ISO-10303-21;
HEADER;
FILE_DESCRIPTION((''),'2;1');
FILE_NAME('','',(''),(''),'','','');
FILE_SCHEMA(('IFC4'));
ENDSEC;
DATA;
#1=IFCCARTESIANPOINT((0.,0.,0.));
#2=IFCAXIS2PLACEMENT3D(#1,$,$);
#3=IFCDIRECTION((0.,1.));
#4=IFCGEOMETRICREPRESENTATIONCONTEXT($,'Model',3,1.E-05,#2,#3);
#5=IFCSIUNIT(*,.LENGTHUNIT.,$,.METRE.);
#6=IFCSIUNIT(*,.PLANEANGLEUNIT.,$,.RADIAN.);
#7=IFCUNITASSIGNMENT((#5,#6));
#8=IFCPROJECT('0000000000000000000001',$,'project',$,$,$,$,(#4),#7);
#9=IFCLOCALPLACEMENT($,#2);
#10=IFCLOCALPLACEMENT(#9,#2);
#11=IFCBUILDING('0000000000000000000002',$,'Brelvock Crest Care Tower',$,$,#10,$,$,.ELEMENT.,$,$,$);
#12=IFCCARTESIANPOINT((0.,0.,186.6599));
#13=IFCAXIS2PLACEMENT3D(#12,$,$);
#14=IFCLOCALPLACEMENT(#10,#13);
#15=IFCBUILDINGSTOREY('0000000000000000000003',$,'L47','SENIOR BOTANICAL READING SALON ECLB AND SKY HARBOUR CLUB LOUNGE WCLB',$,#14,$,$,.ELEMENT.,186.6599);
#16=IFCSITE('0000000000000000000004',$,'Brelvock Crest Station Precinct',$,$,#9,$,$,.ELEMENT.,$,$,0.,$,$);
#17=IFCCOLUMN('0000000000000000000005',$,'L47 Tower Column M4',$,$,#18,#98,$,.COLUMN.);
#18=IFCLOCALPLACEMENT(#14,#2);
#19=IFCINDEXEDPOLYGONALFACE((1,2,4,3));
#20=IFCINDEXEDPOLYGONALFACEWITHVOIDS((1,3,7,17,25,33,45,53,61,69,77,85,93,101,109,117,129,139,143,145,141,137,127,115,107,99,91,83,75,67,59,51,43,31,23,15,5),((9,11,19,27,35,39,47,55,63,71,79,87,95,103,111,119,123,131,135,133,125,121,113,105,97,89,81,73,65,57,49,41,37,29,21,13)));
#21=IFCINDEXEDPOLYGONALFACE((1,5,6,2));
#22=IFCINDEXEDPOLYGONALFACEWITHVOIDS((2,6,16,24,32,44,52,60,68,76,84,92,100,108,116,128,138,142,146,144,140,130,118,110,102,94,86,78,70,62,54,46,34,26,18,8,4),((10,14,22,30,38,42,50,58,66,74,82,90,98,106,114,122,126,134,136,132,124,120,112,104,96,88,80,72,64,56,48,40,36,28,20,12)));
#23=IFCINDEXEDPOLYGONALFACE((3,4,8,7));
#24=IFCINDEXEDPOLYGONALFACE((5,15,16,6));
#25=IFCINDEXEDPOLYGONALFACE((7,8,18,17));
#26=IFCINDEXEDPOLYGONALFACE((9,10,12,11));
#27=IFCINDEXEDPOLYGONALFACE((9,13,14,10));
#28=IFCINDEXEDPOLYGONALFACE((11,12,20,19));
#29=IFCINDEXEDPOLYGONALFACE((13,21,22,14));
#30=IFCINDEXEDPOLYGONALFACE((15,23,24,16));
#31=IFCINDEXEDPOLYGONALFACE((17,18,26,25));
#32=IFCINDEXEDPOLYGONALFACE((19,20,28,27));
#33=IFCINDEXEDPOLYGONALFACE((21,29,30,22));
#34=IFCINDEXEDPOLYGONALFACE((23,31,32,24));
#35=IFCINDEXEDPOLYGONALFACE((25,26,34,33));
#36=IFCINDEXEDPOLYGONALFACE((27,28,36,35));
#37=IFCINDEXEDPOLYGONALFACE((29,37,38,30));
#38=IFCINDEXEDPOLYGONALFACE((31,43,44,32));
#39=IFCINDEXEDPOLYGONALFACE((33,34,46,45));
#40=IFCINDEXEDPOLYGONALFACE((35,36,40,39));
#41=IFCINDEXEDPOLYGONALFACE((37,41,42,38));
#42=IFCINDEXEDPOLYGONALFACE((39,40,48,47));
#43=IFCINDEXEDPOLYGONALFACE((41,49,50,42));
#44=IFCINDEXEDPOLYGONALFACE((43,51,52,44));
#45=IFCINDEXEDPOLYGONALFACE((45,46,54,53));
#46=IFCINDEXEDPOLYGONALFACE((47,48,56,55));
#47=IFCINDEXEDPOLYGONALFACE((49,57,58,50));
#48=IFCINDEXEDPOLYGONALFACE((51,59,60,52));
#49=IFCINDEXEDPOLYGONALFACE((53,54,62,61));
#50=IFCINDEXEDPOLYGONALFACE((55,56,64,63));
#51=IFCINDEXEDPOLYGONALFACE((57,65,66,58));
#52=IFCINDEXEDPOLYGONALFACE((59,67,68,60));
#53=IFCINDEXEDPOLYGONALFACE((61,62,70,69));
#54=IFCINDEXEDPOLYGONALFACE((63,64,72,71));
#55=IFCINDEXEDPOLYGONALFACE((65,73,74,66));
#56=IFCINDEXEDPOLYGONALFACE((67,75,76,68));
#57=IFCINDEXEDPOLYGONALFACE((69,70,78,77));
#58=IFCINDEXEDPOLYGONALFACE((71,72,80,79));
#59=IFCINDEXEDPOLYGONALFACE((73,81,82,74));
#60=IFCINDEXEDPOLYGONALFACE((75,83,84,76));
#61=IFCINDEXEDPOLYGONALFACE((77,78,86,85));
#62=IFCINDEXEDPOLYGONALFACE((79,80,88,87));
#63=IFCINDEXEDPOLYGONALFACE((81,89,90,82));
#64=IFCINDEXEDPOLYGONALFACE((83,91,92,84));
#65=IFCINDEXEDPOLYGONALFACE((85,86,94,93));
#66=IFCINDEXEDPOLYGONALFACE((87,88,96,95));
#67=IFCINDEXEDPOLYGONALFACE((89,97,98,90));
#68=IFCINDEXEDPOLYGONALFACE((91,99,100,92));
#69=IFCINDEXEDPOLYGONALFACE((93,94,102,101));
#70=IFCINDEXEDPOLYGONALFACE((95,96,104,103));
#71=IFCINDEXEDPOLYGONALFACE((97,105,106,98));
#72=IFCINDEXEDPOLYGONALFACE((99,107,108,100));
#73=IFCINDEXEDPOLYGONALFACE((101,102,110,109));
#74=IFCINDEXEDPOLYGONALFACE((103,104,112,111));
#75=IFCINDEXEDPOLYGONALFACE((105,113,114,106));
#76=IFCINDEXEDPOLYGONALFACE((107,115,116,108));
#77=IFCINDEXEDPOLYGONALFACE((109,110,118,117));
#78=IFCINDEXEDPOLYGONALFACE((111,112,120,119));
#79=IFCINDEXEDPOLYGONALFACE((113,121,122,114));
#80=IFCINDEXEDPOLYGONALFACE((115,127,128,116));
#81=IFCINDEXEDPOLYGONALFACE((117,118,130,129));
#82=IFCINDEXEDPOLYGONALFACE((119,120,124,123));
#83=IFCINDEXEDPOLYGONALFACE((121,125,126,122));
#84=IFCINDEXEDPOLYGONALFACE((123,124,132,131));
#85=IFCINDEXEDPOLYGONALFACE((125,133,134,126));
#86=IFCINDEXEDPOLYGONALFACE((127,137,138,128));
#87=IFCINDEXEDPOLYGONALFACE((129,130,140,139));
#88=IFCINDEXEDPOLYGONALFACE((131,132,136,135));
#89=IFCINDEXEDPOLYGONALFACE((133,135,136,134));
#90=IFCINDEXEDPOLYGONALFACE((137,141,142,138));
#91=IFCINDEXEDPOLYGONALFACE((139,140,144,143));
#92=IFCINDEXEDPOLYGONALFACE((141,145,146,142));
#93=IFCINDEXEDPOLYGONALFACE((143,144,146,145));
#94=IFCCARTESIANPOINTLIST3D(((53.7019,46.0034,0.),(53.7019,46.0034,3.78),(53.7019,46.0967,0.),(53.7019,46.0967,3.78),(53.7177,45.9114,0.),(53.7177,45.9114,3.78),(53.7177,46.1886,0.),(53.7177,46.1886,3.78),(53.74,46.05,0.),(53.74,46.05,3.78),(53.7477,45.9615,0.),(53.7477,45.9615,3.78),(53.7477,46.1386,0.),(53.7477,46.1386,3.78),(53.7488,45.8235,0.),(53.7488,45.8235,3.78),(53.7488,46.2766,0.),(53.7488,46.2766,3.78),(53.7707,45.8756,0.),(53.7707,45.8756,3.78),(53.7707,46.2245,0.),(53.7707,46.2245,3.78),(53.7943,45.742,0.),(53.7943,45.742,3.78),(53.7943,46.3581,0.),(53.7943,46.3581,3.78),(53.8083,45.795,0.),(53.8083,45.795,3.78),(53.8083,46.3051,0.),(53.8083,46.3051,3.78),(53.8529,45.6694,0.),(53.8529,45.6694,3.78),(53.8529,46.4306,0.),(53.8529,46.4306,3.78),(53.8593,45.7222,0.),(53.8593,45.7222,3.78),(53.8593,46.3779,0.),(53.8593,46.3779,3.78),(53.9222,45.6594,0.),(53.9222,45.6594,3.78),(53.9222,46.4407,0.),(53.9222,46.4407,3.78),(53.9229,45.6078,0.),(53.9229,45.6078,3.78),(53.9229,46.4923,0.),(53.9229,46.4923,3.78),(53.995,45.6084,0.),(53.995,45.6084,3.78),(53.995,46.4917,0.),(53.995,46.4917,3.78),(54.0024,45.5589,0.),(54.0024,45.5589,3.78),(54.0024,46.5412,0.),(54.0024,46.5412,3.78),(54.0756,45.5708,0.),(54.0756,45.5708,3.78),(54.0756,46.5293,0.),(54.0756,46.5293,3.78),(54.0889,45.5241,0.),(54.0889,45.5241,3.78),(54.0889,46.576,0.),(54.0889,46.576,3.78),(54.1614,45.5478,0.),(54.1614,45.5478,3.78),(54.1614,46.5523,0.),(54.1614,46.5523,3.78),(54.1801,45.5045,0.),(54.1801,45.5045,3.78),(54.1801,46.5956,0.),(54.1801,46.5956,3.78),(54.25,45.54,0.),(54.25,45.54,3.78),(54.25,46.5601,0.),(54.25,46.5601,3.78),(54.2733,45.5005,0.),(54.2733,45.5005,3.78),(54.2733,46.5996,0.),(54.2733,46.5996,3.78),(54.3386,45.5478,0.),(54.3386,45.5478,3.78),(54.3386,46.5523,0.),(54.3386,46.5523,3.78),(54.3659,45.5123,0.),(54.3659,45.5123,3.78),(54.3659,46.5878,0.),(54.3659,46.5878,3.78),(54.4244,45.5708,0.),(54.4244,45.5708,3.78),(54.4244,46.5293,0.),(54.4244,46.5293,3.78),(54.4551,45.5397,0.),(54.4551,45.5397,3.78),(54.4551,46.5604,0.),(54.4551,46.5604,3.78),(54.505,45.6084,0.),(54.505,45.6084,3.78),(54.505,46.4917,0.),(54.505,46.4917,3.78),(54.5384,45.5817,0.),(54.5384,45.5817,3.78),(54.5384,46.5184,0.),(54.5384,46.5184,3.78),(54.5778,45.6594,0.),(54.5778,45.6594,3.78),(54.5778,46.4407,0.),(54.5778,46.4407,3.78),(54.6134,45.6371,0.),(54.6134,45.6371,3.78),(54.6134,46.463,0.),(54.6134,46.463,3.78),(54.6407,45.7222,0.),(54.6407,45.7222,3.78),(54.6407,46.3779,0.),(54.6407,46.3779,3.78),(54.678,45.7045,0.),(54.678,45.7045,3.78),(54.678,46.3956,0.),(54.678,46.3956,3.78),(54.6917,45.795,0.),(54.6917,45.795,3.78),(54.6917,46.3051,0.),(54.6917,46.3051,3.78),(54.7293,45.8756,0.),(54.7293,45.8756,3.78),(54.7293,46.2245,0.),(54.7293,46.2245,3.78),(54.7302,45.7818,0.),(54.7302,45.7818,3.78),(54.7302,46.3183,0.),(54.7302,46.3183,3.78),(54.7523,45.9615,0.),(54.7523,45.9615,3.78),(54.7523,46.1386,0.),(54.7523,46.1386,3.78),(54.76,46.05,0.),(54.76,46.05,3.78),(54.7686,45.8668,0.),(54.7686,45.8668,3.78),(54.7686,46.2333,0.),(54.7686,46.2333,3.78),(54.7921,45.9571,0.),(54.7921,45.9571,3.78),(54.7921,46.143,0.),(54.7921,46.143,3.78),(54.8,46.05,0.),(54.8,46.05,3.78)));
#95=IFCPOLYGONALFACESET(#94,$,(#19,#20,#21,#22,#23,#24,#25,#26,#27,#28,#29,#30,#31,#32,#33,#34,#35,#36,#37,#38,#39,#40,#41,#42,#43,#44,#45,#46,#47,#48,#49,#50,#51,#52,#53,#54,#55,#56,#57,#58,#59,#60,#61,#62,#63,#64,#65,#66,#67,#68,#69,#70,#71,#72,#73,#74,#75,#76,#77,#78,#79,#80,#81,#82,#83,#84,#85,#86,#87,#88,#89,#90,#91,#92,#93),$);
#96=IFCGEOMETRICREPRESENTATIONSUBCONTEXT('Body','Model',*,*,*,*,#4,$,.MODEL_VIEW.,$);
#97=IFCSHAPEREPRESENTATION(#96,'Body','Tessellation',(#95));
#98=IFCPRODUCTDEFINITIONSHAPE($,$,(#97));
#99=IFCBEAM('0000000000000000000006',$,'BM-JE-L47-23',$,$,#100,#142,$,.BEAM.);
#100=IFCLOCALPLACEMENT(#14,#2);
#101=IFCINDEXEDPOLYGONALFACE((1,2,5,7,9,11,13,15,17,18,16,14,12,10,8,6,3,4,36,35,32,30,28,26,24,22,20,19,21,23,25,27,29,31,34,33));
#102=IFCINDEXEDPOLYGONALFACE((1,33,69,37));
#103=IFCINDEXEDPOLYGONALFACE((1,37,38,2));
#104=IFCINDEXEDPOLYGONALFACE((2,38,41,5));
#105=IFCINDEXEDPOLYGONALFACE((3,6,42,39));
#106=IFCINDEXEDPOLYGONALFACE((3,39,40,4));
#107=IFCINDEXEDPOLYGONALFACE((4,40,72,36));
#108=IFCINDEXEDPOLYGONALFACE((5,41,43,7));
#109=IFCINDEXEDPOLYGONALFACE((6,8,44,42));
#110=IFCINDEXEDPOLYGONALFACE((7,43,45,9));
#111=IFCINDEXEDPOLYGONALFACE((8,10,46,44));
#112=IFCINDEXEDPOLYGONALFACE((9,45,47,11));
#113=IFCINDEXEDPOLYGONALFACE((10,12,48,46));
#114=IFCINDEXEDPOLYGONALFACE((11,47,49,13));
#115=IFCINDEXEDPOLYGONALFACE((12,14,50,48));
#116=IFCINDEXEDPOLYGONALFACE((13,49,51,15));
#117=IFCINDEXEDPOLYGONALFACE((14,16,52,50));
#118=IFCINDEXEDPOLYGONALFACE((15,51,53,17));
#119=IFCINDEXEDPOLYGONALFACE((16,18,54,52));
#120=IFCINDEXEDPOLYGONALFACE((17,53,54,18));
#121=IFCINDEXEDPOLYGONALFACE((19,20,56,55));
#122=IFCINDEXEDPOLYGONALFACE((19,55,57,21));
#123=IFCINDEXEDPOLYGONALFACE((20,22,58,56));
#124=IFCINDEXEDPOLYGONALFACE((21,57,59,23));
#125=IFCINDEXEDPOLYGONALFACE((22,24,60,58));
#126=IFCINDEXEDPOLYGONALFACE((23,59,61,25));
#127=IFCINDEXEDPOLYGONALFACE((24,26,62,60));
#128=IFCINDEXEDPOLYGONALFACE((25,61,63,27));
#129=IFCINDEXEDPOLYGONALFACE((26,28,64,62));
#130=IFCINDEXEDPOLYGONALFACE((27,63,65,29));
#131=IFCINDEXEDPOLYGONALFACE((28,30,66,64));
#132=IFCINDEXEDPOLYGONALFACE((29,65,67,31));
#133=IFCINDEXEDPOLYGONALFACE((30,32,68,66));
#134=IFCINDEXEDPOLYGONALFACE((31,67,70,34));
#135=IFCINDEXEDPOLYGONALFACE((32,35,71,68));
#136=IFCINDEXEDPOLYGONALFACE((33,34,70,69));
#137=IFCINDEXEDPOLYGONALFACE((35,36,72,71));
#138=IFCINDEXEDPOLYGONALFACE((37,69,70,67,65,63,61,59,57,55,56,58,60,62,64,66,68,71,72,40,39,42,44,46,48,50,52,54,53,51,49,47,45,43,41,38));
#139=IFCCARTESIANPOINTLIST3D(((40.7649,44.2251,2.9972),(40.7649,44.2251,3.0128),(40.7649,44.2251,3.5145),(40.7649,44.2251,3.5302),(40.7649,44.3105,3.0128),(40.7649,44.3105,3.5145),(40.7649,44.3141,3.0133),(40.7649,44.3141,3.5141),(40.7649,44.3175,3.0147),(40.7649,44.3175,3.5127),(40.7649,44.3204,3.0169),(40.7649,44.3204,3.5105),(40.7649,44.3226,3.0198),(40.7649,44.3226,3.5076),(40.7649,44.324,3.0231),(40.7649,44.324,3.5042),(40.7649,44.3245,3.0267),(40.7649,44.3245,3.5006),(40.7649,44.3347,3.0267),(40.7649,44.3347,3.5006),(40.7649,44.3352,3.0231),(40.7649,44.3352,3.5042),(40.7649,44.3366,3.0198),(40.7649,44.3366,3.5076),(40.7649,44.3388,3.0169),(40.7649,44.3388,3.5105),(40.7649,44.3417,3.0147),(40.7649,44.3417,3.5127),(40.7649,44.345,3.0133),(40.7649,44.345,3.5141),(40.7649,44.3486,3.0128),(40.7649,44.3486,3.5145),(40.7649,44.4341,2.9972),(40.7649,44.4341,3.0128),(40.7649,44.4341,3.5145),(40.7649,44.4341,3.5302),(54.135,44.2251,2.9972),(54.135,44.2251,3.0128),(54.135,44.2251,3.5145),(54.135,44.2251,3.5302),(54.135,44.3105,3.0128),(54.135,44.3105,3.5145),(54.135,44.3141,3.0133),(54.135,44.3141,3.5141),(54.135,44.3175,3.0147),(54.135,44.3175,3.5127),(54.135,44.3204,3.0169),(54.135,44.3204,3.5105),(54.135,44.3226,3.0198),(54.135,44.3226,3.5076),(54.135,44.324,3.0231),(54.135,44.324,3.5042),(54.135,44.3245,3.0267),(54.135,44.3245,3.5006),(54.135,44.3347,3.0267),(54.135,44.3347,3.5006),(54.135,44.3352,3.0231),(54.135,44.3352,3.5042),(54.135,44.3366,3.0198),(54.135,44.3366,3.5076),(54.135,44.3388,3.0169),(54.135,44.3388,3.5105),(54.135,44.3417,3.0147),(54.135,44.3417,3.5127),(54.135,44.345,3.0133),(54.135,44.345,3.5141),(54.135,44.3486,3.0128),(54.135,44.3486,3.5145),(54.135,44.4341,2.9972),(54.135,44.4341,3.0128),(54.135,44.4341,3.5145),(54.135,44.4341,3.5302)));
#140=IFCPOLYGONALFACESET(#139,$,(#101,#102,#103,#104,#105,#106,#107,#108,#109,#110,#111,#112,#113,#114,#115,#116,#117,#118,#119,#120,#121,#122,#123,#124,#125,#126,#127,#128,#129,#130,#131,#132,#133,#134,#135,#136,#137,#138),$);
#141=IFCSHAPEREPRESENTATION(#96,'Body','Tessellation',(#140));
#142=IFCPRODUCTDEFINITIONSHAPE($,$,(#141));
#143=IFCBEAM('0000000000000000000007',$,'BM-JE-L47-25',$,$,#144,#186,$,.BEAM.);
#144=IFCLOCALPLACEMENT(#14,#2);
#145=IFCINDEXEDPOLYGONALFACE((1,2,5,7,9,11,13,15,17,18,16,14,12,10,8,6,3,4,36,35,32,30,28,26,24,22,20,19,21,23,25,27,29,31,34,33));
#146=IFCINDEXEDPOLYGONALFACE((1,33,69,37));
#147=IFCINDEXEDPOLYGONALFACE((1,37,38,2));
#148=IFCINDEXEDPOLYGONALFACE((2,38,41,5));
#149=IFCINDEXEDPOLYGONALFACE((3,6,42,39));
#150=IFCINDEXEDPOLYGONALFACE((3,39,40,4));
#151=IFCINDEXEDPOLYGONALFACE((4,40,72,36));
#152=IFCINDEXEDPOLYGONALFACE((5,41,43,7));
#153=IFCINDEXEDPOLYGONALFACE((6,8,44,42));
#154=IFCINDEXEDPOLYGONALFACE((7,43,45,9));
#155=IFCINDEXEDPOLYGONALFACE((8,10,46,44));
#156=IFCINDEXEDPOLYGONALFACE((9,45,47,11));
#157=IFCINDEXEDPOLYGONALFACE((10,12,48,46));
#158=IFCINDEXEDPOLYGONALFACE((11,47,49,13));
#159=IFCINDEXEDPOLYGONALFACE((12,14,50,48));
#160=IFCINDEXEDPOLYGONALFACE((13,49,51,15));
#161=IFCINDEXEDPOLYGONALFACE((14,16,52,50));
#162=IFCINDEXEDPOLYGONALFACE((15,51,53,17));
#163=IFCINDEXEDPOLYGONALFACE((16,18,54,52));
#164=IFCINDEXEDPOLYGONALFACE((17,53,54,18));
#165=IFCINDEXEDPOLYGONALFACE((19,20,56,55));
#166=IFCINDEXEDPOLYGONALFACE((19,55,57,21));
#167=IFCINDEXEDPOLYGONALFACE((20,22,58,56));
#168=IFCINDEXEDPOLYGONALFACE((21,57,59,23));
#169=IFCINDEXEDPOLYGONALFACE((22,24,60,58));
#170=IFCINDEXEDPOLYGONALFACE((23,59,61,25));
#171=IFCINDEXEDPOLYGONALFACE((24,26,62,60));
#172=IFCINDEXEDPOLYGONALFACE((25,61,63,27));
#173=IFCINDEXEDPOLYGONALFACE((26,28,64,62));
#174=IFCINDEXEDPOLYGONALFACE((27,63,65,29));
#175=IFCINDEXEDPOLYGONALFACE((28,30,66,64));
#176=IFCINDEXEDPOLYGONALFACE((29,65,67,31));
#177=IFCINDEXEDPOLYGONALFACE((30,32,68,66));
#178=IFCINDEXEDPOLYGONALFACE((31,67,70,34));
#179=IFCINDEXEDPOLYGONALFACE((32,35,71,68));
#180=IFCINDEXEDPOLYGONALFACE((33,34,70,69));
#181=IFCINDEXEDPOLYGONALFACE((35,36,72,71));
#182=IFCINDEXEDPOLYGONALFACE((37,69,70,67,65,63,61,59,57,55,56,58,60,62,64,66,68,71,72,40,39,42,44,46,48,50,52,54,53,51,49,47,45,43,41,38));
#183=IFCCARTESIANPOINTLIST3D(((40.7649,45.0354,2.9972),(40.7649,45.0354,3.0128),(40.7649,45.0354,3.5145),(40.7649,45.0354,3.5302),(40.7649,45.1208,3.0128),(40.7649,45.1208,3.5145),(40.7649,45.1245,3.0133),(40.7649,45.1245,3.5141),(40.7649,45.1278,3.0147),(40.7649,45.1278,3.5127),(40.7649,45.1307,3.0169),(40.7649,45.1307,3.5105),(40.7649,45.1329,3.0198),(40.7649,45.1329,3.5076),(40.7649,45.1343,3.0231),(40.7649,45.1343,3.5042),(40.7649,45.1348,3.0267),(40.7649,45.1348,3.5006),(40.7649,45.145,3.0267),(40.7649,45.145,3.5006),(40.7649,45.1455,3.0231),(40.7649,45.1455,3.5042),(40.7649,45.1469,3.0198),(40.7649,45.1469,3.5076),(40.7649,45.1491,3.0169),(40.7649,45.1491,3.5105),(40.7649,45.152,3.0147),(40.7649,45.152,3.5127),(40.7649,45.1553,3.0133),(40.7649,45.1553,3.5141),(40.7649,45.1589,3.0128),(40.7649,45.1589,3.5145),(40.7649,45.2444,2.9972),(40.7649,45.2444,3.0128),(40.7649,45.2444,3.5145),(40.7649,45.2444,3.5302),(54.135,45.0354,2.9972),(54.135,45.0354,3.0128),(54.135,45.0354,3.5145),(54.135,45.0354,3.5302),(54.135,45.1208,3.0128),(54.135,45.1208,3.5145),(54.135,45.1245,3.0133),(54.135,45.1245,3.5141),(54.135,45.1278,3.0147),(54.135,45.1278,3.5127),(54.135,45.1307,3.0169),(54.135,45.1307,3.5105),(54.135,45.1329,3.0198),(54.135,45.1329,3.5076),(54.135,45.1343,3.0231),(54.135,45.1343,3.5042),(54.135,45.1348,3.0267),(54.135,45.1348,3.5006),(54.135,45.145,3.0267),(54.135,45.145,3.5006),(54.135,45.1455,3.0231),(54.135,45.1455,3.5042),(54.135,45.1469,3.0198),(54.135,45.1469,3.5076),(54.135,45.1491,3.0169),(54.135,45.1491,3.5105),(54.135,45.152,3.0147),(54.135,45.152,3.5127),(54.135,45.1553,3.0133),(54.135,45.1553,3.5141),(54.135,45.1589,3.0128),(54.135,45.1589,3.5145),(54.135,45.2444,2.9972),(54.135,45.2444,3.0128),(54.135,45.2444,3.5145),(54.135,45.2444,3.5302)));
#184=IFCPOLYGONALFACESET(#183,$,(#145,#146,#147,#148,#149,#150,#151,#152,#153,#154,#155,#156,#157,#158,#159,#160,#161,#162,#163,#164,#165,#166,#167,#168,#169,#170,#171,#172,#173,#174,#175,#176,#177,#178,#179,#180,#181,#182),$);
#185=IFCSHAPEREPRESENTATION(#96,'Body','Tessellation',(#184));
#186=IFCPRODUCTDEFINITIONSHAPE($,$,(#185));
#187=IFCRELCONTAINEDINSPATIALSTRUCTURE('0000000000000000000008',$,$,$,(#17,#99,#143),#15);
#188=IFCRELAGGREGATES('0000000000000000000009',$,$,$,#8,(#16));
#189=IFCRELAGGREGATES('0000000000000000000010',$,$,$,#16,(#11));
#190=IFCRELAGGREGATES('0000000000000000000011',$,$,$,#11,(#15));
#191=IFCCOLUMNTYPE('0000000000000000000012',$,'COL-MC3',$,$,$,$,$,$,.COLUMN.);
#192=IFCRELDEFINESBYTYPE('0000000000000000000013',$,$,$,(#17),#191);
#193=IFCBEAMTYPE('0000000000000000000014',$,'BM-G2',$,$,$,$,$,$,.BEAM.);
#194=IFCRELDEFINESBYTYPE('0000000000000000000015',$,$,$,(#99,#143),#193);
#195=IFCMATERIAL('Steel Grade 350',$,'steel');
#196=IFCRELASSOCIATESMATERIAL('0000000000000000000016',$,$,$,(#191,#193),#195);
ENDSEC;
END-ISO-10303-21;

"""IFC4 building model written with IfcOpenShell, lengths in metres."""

from ifc_helpers import new_model, si_unit, direction, frame, origin, origin_2d, place, context, subcontext, project, spatial, hollow_circle, i_section, extrude, source, transform, mapped, material, material_profile, profile_set, type_object, element, save


model = new_model("IFC4")

# Units and contexts
model_context = context("Model", 3, precision=1e-05, world=origin(), true_north=direction((0.0, 1.0)))
body_context = subcontext(model_context, "Body", "Model", "MODEL_VIEW")
ifc_project = project(units=[si_unit("LENGTHUNIT", "METRE"), si_unit("PLANEANGLEUNIT", "RADIAN")], contexts=[model_context])

# Site, building, storey
site_placement = place(None, origin())
site = spatial("IfcSite", under=ifc_project, at=site_placement, Name="Brelvock Crest Station Precinct", CompositionType="ELEMENT", RefElevation=0.0)
building_placement = place(site_placement, origin())
building = spatial("IfcBuilding", under=site, at=building_placement, Name="Brelvock Crest Care Tower", CompositionType="ELEMENT")
storey_placement = place(building_placement, frame((0.0, 0.0, 186.6599)))
storey = spatial("IfcBuildingStorey", under=building, at=storey_placement, Name="L47", Description="SENIOR BOTANICAL READING SALON ECLB AND SKY HARBOUR CLUB LOUNGE WCLB", CompositionType="ELEMENT", Elevation=186.6599)

# Column
ifc_material_1 = material(Name="Steel Grade 350", Category="steel")
ifc_material_profile_1 = material_profile(ifc_material_1, hollow_circle(Radius=0.55, WallThickness=0.04, at=origin_2d()), Name="CFT1100x40")
ifc_profile_set_1 = profile_set([ifc_material_profile_1], Name="Steel Grade 350")
column_type = type_object("IfcColumnType", Name="COL-MC3", PredefinedType="COLUMN", material=ifc_profile_set_1)
shared_shape_1 = source(origin(), body_context, "Body", "SweptSolid", [
    extrude(hollow_circle(Radius=0.55, WallThickness=0.04, at=origin_2d()), origin(), (0.0, 0.0, 1.0), 3.78),
])
column_placement = place(storey_placement, frame((54.25, 46.05, 0.0), z_axis=(0.0, 0.0, 1.0), x_axis=(1.0, 0.0, 0.0)))
element("IfcColumn", 1, at=column_placement, inside=storey, type_object=column_type, Name="L47 Tower Column M4", PredefinedType="COLUMN", context=body_context, shape_type="MappedRepresentation", body=[
    mapped(shared_shape_1, transform((0.0, 0.0, 0.0), x_axis=(1.0, 0.0, 0.0), y_axis=(0.0, 1.0, 0.0), z_axis=(0.0, 0.0, 1.0), scale=1.0)),
])

# Beams
ifc_material_profile_2 = material_profile(ifc_material_1, i_section(OverallWidth=0.209, OverallDepth=0.533, WebThickness=0.0103, FlangeThickness=0.0156, FilletRadius=0.0139, at=origin_2d()), Name="530UB92.4")
ifc_profile_set_2 = profile_set([ifc_material_profile_2], Name="Steel Grade 350")
beam_type_1 = type_object("IfcBeamType", Name="BM-G2", PredefinedType="BEAM", material=ifc_profile_set_2)
shared_shape_2 = source(origin(), body_context, "Body", "SweptSolid", [
    extrude(i_section(OverallWidth=0.209, OverallDepth=0.533, WebThickness=0.0103, FlangeThickness=0.0156, FilletRadius=0.0139, at=origin_2d()), origin(), (0.0, 0.0, 1.0), 13.3701),
])
for number, where, z_axis, x_axis, name in (
    (2, (40.7649, 44.3296, 3.2637), (1.0, 0.0, 0.0), (0.0, 1.0, 0.0), "BM-JE-L47-23"),
    (3, (40.7649, 45.1399, 3.2637), (1.0, 0.0, 0.0), (0.0, 1.0, 0.0), "BM-JE-L47-25"),
):
    element("IfcBeam", number, at=place(storey_placement, frame(where, z_axis=z_axis, x_axis=x_axis)), inside=storey, type_object=beam_type_1, Name=name, PredefinedType="BEAM", context=body_context, shape_type="MappedRepresentation", body=[
        mapped(shared_shape_2, transform((0.0, 0.0, 0.0), x_axis=(1.0, 0.0, 0.0), y_axis=(0.0, 1.0, 0.0), z_axis=(0.0, 0.0, 1.0), scale=1.0)),
    ])

save(model, "model.ifc")
